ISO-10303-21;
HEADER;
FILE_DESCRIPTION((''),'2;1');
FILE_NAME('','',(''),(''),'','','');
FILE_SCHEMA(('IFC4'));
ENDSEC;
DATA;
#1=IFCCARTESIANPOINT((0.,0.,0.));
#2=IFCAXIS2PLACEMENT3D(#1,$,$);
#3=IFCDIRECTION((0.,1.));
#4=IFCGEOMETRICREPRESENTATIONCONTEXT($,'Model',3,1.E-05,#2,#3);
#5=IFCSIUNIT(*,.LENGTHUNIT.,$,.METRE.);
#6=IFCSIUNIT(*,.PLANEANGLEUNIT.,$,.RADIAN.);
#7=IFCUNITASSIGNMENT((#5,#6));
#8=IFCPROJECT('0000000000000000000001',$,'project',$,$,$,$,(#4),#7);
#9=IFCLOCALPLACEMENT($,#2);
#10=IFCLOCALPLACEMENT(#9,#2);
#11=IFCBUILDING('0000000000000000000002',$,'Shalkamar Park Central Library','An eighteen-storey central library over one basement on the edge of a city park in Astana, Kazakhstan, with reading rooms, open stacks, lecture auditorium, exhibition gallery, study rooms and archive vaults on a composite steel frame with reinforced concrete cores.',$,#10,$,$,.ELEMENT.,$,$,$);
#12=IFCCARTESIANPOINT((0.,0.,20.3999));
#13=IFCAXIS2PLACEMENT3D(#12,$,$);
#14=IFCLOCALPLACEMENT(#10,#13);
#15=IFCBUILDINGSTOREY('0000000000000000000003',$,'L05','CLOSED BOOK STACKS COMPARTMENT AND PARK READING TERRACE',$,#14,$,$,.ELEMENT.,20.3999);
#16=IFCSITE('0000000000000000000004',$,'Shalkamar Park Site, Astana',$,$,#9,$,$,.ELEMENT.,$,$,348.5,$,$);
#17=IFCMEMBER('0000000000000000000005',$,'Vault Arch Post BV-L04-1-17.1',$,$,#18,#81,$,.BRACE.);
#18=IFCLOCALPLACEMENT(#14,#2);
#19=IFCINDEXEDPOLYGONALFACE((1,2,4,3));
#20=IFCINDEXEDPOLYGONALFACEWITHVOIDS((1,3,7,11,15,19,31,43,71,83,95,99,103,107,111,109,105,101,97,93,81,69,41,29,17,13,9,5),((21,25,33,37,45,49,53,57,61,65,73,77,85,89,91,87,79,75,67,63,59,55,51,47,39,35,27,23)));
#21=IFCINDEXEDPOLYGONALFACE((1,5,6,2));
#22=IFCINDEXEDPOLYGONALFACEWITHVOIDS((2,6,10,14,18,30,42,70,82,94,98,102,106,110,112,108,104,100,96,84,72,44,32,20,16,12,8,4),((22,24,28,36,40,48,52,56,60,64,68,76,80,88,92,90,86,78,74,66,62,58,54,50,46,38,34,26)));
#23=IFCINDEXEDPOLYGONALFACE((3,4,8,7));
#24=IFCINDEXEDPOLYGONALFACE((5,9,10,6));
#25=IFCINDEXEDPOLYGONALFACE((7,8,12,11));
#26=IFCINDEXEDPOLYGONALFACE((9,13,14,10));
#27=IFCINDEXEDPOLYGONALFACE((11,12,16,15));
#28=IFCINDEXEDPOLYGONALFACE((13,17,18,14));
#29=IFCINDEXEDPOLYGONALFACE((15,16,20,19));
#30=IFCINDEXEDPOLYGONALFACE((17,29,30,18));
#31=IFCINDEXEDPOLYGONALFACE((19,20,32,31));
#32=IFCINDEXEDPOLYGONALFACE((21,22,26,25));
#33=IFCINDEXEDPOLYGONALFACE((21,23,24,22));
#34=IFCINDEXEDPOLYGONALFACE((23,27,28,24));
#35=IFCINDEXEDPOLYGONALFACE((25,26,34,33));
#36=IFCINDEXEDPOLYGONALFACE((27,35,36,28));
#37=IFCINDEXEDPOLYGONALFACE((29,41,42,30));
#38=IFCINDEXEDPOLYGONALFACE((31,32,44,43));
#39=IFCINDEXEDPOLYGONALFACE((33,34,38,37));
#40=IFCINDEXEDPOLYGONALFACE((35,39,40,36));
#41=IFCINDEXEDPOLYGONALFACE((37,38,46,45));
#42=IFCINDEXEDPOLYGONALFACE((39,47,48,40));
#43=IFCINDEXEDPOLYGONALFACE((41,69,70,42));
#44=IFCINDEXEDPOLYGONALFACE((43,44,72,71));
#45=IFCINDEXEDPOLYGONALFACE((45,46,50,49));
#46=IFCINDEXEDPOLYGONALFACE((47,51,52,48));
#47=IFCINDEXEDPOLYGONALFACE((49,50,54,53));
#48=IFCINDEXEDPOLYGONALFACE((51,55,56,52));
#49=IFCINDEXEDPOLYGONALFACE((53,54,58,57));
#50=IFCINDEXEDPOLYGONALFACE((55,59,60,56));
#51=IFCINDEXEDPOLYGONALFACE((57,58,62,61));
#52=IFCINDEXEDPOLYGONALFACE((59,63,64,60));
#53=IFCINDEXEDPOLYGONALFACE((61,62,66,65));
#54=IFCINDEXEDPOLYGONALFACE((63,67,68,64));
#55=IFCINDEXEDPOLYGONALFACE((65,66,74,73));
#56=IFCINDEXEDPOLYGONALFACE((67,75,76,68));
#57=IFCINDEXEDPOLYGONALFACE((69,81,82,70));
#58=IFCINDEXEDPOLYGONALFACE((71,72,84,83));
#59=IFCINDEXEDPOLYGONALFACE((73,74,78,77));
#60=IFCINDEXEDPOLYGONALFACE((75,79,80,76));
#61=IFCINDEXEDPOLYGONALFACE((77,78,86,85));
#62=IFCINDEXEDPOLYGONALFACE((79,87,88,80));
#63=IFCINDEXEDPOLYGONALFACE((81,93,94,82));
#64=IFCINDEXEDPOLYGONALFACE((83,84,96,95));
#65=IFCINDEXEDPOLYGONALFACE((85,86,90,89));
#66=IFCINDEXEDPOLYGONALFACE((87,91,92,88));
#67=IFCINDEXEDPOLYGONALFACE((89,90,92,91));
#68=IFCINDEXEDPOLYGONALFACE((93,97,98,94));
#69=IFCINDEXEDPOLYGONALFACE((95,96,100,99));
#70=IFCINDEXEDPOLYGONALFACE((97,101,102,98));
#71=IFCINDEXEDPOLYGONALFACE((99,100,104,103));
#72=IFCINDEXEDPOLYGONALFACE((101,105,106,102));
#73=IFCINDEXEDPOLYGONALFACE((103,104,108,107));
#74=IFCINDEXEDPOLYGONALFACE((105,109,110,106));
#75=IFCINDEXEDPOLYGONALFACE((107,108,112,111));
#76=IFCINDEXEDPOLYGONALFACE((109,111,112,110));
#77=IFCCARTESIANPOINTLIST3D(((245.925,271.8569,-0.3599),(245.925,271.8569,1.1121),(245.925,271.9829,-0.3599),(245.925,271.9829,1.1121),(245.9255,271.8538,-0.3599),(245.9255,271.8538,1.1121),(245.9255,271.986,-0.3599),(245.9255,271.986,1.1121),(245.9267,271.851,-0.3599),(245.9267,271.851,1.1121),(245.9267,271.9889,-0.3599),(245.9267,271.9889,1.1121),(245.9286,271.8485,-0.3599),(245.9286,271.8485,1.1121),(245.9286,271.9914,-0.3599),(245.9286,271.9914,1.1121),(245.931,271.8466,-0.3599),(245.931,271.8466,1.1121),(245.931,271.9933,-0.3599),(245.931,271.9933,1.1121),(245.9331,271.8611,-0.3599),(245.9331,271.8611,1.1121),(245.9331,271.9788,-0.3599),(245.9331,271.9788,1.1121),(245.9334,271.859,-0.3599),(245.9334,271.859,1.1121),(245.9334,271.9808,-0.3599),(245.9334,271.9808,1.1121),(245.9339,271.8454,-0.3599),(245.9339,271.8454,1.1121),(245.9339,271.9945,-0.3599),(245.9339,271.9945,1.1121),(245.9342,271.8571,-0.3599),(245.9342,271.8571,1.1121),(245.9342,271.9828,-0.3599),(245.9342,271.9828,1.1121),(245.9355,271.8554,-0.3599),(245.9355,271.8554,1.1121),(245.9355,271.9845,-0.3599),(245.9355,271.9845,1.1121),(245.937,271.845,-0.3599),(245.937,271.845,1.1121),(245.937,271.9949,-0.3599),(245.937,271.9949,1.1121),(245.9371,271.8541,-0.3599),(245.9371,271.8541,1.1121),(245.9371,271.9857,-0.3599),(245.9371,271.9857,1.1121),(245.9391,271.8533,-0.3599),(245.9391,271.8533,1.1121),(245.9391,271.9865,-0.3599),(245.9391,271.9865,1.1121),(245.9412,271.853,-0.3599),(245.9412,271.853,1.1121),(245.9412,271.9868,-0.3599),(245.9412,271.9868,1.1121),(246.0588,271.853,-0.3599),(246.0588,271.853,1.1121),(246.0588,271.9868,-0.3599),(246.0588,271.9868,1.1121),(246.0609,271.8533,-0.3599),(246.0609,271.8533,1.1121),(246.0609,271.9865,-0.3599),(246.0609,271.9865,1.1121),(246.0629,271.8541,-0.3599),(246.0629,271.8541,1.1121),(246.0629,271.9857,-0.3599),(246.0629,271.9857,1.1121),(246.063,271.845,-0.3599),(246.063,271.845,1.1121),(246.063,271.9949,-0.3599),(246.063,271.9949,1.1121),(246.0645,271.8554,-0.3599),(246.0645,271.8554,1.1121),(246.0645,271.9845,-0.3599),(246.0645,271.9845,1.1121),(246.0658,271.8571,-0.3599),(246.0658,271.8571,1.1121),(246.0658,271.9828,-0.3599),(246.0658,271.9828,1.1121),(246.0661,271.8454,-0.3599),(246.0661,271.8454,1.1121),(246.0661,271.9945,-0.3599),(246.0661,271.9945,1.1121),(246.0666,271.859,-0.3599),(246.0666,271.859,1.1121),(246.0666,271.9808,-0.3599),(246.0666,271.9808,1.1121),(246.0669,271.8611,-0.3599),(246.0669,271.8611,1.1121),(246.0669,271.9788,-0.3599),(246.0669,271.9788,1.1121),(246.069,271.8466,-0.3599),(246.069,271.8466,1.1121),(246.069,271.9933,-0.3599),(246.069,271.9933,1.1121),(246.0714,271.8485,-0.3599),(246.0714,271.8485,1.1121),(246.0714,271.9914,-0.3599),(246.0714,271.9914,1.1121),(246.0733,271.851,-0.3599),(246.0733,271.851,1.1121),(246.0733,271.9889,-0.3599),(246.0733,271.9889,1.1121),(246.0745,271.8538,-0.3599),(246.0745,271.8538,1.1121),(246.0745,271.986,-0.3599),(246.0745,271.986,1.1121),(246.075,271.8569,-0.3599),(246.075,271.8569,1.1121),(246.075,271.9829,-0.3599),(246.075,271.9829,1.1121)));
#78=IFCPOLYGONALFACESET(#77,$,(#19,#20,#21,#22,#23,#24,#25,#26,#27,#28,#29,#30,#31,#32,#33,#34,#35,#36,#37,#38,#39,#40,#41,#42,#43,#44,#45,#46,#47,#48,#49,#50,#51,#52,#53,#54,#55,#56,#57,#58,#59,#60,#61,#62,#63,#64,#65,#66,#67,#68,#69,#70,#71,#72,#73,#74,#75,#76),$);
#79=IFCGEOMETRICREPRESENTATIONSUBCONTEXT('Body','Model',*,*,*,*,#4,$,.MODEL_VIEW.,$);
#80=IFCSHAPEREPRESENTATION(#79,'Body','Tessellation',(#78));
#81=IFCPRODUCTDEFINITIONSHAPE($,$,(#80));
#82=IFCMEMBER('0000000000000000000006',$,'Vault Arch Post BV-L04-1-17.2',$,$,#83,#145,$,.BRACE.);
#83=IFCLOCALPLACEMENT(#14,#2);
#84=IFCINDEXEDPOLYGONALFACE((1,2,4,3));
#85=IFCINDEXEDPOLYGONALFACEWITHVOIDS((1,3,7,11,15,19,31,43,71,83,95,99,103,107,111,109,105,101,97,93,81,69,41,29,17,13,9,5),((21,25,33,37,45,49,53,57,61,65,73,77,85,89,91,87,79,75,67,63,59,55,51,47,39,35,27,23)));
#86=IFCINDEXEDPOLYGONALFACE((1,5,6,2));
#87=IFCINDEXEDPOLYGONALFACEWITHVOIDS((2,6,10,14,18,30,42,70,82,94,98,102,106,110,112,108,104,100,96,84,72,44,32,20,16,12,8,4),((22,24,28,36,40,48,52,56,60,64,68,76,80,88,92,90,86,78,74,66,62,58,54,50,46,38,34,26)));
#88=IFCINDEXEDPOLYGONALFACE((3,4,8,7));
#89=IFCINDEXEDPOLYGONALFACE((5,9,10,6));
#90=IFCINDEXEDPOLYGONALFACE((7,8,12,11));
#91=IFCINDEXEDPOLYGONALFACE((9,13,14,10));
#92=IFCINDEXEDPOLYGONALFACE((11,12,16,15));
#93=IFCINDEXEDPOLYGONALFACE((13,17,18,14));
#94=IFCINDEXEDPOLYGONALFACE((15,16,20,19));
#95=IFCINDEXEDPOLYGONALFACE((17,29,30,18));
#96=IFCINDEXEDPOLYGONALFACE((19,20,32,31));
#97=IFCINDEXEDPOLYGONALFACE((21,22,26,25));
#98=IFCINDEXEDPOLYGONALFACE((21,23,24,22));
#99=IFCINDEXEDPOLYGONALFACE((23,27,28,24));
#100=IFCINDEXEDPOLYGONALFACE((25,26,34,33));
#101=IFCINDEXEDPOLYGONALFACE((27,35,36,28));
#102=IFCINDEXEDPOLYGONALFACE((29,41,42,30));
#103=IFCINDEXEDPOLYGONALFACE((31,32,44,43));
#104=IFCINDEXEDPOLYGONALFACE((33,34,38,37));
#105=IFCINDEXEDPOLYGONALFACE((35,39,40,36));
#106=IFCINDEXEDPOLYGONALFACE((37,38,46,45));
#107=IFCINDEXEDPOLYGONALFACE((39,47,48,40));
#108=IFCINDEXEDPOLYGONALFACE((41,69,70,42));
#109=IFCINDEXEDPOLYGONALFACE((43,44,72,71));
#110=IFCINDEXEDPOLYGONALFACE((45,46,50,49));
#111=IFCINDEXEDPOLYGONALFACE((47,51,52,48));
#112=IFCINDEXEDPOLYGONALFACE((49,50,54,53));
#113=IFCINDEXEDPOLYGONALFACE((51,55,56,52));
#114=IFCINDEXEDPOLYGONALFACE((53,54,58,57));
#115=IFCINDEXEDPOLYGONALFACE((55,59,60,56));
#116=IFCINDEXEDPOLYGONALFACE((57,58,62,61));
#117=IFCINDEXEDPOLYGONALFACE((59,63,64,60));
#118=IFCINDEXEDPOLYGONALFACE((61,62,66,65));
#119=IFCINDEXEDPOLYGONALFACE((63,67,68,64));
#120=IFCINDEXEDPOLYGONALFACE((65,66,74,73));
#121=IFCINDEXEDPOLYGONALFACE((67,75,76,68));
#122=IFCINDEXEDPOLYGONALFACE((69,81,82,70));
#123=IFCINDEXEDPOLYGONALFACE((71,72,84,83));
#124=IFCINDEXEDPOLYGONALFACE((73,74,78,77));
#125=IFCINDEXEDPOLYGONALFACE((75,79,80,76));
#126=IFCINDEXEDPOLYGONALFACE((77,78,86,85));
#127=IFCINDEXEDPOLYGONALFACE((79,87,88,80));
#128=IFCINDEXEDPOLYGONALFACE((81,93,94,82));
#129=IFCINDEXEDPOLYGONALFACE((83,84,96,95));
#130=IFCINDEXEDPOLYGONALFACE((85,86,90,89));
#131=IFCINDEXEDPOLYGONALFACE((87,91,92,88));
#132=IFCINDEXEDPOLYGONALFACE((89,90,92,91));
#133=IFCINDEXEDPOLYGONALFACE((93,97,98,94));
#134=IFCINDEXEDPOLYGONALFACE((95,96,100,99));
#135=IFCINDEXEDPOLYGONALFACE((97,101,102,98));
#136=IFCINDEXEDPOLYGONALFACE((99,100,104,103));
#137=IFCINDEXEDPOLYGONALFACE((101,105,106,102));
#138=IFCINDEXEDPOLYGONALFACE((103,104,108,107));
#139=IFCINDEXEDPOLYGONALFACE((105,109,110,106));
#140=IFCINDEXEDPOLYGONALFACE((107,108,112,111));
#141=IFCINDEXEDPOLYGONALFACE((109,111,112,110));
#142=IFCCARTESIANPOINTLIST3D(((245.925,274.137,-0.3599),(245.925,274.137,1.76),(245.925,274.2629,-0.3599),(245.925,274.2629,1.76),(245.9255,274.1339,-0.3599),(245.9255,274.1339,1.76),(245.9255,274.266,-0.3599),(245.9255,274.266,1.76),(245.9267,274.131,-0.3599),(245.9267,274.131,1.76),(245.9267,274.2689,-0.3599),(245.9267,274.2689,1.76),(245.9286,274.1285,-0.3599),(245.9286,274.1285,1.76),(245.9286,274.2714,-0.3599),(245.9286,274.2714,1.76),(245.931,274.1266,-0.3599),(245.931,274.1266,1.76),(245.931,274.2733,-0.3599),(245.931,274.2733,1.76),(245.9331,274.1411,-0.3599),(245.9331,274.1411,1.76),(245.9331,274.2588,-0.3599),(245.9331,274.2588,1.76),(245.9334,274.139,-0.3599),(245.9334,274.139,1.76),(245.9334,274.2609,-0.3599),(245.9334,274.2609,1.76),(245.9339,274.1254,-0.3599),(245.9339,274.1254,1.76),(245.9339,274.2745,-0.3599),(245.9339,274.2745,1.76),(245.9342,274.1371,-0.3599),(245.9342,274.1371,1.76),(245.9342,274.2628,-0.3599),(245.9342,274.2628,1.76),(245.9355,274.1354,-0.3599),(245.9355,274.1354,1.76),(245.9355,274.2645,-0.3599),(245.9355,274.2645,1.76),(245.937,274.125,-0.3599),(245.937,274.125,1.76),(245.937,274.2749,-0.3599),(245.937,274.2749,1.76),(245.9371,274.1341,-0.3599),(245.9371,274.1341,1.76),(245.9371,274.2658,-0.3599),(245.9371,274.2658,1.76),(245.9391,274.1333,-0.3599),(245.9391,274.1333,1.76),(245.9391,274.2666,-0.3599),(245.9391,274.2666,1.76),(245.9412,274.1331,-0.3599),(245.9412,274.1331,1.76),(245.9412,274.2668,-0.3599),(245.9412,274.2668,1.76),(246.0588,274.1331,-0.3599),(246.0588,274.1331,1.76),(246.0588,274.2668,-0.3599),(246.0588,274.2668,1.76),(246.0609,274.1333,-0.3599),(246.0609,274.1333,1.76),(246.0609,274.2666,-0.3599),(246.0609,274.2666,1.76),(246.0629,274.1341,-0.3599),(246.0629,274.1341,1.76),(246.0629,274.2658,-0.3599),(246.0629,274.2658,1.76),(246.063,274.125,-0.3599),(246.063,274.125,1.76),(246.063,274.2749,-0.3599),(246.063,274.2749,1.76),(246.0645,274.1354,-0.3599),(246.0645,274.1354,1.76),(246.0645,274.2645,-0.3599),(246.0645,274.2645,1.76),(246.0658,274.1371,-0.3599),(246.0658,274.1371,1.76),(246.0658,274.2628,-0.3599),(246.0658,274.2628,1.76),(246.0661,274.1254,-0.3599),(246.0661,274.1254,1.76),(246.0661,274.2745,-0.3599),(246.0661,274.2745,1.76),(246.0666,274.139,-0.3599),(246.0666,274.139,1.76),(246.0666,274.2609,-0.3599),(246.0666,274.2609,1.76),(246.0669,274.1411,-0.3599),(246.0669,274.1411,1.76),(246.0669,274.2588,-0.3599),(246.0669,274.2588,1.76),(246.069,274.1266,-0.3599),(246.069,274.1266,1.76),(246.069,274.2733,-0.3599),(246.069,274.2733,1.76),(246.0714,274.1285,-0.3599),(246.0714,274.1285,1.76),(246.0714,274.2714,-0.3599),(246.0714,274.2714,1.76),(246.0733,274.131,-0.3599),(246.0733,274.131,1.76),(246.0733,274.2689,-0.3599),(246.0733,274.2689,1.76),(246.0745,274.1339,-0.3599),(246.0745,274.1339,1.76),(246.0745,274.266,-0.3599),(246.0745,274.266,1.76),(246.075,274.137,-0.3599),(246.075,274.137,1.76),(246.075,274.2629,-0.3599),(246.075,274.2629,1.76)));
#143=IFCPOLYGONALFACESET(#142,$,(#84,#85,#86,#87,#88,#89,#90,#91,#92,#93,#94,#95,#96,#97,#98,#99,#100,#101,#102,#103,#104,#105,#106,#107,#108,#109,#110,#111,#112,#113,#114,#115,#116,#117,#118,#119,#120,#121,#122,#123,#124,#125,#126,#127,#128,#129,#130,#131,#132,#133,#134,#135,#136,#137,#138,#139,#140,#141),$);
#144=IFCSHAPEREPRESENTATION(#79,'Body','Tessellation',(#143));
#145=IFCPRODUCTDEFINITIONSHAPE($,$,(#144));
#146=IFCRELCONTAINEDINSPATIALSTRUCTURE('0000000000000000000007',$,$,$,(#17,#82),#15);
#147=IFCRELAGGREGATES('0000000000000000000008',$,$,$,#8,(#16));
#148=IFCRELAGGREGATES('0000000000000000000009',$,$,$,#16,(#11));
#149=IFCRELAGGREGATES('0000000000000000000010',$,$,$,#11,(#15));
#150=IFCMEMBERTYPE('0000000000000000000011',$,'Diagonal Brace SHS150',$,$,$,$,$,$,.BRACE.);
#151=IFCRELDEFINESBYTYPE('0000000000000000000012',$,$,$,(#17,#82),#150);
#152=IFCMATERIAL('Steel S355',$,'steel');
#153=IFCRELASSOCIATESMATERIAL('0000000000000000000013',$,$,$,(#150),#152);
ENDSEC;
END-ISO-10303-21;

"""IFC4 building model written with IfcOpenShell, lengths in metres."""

from ifc_helpers import new_model, si_unit, direction, frame, origin, origin_2d, place, context, subcontext, project, spatial, hollow_rectangle, extrude, material, material_profile, profile_set, type_object, element, save


model = new_model("IFC4")

# Units and contexts
model_context = context("Model", 3, precision=1e-05, world=origin(), true_north=direction((0.0, 1.0)))
body_context = subcontext(model_context, "Body", "Model", "MODEL_VIEW")
ifc_project = project(units=[si_unit("LENGTHUNIT", "METRE"), si_unit("PLANEANGLEUNIT", "RADIAN")], contexts=[model_context])

# Site, building, storey
site_placement = place(None, origin())
site = spatial("IfcSite", under=ifc_project, at=site_placement, Name="Shalkamar Park Site, Astana", CompositionType="ELEMENT", RefElevation=348.5)
building_placement = place(site_placement, origin())
building = spatial("IfcBuilding", under=site, at=building_placement, Name="Shalkamar Park Central Library", Description="An eighteen-storey central library over one basement on the edge of a city park in Astana, Kazakhstan, with reading rooms, open stacks, lecture auditorium, exhibition gallery, study rooms and archive vaults on a composite steel frame with reinforced concrete cores.", CompositionType="ELEMENT")
storey_placement = place(building_placement, frame((0.0, 0.0, 20.3999)))
storey = spatial("IfcBuildingStorey", under=building, at=storey_placement, Name="L05", Description="CLOSED BOOK STACKS COMPARTMENT AND PARK READING TERRACE", CompositionType="ELEMENT", Elevation=20.3999)

# Members
ifc_material = material(Name="Steel S355", Category="steel")
ifc_material_profile_1 = material_profile(ifc_material, hollow_rectangle(XDim=0.1499, YDim=0.1499, WallThickness=0.0081, InnerFilletRadius=0.0081, OuterFilletRadius=0.012, at=origin_2d()), Name="SHS 150x150x8")
ifc_profile_set_1 = profile_set([ifc_material_profile_1], Name="Steel S355")
member_type_1 = type_object("IfcMemberType", Name="Diagonal Brace SHS150", PredefinedType="BRACE", material=ifc_profile_set_1)
member_1_placement = place(storey_placement, frame((246.0, 271.9199, -0.3599), z_axis=(0.0, 0.0, 1.0), x_axis=(1.0, 0.0, 0.0)))
element("IfcMember", 1, at=member_1_placement, inside=storey, type_object=member_type_1, Name="Vault Arch Post BV-L04-1-17.1", PredefinedType="BRACE", context=body_context, shape_type="SweptSolid", body=[
    extrude(hollow_rectangle(XDim=0.1499, YDim=0.1499, WallThickness=0.0081, InnerFilletRadius=0.0081, OuterFilletRadius=0.012, at=origin_2d()), origin(), (0.0, 0.0, 1.0), 1.4719),
])
member_2_placement = place(storey_placement, frame((246.0, 274.2, -0.3599), z_axis=(0.0, 0.0, 1.0), x_axis=(1.0, 0.0, 0.0)))
element("IfcMember", 2, at=member_2_placement, inside=storey, type_object=member_type_1, Name="Vault Arch Post BV-L04-1-17.2", PredefinedType="BRACE", context=body_context, shape_type="SweptSolid", body=[
    extrude(hollow_rectangle(XDim=0.1499, YDim=0.1499, WallThickness=0.0081, InnerFilletRadius=0.0081, OuterFilletRadius=0.012, at=origin_2d()), origin(), (0.0, 0.0, 1.0), 2.1199),
])

save(model, "model.ifc")
